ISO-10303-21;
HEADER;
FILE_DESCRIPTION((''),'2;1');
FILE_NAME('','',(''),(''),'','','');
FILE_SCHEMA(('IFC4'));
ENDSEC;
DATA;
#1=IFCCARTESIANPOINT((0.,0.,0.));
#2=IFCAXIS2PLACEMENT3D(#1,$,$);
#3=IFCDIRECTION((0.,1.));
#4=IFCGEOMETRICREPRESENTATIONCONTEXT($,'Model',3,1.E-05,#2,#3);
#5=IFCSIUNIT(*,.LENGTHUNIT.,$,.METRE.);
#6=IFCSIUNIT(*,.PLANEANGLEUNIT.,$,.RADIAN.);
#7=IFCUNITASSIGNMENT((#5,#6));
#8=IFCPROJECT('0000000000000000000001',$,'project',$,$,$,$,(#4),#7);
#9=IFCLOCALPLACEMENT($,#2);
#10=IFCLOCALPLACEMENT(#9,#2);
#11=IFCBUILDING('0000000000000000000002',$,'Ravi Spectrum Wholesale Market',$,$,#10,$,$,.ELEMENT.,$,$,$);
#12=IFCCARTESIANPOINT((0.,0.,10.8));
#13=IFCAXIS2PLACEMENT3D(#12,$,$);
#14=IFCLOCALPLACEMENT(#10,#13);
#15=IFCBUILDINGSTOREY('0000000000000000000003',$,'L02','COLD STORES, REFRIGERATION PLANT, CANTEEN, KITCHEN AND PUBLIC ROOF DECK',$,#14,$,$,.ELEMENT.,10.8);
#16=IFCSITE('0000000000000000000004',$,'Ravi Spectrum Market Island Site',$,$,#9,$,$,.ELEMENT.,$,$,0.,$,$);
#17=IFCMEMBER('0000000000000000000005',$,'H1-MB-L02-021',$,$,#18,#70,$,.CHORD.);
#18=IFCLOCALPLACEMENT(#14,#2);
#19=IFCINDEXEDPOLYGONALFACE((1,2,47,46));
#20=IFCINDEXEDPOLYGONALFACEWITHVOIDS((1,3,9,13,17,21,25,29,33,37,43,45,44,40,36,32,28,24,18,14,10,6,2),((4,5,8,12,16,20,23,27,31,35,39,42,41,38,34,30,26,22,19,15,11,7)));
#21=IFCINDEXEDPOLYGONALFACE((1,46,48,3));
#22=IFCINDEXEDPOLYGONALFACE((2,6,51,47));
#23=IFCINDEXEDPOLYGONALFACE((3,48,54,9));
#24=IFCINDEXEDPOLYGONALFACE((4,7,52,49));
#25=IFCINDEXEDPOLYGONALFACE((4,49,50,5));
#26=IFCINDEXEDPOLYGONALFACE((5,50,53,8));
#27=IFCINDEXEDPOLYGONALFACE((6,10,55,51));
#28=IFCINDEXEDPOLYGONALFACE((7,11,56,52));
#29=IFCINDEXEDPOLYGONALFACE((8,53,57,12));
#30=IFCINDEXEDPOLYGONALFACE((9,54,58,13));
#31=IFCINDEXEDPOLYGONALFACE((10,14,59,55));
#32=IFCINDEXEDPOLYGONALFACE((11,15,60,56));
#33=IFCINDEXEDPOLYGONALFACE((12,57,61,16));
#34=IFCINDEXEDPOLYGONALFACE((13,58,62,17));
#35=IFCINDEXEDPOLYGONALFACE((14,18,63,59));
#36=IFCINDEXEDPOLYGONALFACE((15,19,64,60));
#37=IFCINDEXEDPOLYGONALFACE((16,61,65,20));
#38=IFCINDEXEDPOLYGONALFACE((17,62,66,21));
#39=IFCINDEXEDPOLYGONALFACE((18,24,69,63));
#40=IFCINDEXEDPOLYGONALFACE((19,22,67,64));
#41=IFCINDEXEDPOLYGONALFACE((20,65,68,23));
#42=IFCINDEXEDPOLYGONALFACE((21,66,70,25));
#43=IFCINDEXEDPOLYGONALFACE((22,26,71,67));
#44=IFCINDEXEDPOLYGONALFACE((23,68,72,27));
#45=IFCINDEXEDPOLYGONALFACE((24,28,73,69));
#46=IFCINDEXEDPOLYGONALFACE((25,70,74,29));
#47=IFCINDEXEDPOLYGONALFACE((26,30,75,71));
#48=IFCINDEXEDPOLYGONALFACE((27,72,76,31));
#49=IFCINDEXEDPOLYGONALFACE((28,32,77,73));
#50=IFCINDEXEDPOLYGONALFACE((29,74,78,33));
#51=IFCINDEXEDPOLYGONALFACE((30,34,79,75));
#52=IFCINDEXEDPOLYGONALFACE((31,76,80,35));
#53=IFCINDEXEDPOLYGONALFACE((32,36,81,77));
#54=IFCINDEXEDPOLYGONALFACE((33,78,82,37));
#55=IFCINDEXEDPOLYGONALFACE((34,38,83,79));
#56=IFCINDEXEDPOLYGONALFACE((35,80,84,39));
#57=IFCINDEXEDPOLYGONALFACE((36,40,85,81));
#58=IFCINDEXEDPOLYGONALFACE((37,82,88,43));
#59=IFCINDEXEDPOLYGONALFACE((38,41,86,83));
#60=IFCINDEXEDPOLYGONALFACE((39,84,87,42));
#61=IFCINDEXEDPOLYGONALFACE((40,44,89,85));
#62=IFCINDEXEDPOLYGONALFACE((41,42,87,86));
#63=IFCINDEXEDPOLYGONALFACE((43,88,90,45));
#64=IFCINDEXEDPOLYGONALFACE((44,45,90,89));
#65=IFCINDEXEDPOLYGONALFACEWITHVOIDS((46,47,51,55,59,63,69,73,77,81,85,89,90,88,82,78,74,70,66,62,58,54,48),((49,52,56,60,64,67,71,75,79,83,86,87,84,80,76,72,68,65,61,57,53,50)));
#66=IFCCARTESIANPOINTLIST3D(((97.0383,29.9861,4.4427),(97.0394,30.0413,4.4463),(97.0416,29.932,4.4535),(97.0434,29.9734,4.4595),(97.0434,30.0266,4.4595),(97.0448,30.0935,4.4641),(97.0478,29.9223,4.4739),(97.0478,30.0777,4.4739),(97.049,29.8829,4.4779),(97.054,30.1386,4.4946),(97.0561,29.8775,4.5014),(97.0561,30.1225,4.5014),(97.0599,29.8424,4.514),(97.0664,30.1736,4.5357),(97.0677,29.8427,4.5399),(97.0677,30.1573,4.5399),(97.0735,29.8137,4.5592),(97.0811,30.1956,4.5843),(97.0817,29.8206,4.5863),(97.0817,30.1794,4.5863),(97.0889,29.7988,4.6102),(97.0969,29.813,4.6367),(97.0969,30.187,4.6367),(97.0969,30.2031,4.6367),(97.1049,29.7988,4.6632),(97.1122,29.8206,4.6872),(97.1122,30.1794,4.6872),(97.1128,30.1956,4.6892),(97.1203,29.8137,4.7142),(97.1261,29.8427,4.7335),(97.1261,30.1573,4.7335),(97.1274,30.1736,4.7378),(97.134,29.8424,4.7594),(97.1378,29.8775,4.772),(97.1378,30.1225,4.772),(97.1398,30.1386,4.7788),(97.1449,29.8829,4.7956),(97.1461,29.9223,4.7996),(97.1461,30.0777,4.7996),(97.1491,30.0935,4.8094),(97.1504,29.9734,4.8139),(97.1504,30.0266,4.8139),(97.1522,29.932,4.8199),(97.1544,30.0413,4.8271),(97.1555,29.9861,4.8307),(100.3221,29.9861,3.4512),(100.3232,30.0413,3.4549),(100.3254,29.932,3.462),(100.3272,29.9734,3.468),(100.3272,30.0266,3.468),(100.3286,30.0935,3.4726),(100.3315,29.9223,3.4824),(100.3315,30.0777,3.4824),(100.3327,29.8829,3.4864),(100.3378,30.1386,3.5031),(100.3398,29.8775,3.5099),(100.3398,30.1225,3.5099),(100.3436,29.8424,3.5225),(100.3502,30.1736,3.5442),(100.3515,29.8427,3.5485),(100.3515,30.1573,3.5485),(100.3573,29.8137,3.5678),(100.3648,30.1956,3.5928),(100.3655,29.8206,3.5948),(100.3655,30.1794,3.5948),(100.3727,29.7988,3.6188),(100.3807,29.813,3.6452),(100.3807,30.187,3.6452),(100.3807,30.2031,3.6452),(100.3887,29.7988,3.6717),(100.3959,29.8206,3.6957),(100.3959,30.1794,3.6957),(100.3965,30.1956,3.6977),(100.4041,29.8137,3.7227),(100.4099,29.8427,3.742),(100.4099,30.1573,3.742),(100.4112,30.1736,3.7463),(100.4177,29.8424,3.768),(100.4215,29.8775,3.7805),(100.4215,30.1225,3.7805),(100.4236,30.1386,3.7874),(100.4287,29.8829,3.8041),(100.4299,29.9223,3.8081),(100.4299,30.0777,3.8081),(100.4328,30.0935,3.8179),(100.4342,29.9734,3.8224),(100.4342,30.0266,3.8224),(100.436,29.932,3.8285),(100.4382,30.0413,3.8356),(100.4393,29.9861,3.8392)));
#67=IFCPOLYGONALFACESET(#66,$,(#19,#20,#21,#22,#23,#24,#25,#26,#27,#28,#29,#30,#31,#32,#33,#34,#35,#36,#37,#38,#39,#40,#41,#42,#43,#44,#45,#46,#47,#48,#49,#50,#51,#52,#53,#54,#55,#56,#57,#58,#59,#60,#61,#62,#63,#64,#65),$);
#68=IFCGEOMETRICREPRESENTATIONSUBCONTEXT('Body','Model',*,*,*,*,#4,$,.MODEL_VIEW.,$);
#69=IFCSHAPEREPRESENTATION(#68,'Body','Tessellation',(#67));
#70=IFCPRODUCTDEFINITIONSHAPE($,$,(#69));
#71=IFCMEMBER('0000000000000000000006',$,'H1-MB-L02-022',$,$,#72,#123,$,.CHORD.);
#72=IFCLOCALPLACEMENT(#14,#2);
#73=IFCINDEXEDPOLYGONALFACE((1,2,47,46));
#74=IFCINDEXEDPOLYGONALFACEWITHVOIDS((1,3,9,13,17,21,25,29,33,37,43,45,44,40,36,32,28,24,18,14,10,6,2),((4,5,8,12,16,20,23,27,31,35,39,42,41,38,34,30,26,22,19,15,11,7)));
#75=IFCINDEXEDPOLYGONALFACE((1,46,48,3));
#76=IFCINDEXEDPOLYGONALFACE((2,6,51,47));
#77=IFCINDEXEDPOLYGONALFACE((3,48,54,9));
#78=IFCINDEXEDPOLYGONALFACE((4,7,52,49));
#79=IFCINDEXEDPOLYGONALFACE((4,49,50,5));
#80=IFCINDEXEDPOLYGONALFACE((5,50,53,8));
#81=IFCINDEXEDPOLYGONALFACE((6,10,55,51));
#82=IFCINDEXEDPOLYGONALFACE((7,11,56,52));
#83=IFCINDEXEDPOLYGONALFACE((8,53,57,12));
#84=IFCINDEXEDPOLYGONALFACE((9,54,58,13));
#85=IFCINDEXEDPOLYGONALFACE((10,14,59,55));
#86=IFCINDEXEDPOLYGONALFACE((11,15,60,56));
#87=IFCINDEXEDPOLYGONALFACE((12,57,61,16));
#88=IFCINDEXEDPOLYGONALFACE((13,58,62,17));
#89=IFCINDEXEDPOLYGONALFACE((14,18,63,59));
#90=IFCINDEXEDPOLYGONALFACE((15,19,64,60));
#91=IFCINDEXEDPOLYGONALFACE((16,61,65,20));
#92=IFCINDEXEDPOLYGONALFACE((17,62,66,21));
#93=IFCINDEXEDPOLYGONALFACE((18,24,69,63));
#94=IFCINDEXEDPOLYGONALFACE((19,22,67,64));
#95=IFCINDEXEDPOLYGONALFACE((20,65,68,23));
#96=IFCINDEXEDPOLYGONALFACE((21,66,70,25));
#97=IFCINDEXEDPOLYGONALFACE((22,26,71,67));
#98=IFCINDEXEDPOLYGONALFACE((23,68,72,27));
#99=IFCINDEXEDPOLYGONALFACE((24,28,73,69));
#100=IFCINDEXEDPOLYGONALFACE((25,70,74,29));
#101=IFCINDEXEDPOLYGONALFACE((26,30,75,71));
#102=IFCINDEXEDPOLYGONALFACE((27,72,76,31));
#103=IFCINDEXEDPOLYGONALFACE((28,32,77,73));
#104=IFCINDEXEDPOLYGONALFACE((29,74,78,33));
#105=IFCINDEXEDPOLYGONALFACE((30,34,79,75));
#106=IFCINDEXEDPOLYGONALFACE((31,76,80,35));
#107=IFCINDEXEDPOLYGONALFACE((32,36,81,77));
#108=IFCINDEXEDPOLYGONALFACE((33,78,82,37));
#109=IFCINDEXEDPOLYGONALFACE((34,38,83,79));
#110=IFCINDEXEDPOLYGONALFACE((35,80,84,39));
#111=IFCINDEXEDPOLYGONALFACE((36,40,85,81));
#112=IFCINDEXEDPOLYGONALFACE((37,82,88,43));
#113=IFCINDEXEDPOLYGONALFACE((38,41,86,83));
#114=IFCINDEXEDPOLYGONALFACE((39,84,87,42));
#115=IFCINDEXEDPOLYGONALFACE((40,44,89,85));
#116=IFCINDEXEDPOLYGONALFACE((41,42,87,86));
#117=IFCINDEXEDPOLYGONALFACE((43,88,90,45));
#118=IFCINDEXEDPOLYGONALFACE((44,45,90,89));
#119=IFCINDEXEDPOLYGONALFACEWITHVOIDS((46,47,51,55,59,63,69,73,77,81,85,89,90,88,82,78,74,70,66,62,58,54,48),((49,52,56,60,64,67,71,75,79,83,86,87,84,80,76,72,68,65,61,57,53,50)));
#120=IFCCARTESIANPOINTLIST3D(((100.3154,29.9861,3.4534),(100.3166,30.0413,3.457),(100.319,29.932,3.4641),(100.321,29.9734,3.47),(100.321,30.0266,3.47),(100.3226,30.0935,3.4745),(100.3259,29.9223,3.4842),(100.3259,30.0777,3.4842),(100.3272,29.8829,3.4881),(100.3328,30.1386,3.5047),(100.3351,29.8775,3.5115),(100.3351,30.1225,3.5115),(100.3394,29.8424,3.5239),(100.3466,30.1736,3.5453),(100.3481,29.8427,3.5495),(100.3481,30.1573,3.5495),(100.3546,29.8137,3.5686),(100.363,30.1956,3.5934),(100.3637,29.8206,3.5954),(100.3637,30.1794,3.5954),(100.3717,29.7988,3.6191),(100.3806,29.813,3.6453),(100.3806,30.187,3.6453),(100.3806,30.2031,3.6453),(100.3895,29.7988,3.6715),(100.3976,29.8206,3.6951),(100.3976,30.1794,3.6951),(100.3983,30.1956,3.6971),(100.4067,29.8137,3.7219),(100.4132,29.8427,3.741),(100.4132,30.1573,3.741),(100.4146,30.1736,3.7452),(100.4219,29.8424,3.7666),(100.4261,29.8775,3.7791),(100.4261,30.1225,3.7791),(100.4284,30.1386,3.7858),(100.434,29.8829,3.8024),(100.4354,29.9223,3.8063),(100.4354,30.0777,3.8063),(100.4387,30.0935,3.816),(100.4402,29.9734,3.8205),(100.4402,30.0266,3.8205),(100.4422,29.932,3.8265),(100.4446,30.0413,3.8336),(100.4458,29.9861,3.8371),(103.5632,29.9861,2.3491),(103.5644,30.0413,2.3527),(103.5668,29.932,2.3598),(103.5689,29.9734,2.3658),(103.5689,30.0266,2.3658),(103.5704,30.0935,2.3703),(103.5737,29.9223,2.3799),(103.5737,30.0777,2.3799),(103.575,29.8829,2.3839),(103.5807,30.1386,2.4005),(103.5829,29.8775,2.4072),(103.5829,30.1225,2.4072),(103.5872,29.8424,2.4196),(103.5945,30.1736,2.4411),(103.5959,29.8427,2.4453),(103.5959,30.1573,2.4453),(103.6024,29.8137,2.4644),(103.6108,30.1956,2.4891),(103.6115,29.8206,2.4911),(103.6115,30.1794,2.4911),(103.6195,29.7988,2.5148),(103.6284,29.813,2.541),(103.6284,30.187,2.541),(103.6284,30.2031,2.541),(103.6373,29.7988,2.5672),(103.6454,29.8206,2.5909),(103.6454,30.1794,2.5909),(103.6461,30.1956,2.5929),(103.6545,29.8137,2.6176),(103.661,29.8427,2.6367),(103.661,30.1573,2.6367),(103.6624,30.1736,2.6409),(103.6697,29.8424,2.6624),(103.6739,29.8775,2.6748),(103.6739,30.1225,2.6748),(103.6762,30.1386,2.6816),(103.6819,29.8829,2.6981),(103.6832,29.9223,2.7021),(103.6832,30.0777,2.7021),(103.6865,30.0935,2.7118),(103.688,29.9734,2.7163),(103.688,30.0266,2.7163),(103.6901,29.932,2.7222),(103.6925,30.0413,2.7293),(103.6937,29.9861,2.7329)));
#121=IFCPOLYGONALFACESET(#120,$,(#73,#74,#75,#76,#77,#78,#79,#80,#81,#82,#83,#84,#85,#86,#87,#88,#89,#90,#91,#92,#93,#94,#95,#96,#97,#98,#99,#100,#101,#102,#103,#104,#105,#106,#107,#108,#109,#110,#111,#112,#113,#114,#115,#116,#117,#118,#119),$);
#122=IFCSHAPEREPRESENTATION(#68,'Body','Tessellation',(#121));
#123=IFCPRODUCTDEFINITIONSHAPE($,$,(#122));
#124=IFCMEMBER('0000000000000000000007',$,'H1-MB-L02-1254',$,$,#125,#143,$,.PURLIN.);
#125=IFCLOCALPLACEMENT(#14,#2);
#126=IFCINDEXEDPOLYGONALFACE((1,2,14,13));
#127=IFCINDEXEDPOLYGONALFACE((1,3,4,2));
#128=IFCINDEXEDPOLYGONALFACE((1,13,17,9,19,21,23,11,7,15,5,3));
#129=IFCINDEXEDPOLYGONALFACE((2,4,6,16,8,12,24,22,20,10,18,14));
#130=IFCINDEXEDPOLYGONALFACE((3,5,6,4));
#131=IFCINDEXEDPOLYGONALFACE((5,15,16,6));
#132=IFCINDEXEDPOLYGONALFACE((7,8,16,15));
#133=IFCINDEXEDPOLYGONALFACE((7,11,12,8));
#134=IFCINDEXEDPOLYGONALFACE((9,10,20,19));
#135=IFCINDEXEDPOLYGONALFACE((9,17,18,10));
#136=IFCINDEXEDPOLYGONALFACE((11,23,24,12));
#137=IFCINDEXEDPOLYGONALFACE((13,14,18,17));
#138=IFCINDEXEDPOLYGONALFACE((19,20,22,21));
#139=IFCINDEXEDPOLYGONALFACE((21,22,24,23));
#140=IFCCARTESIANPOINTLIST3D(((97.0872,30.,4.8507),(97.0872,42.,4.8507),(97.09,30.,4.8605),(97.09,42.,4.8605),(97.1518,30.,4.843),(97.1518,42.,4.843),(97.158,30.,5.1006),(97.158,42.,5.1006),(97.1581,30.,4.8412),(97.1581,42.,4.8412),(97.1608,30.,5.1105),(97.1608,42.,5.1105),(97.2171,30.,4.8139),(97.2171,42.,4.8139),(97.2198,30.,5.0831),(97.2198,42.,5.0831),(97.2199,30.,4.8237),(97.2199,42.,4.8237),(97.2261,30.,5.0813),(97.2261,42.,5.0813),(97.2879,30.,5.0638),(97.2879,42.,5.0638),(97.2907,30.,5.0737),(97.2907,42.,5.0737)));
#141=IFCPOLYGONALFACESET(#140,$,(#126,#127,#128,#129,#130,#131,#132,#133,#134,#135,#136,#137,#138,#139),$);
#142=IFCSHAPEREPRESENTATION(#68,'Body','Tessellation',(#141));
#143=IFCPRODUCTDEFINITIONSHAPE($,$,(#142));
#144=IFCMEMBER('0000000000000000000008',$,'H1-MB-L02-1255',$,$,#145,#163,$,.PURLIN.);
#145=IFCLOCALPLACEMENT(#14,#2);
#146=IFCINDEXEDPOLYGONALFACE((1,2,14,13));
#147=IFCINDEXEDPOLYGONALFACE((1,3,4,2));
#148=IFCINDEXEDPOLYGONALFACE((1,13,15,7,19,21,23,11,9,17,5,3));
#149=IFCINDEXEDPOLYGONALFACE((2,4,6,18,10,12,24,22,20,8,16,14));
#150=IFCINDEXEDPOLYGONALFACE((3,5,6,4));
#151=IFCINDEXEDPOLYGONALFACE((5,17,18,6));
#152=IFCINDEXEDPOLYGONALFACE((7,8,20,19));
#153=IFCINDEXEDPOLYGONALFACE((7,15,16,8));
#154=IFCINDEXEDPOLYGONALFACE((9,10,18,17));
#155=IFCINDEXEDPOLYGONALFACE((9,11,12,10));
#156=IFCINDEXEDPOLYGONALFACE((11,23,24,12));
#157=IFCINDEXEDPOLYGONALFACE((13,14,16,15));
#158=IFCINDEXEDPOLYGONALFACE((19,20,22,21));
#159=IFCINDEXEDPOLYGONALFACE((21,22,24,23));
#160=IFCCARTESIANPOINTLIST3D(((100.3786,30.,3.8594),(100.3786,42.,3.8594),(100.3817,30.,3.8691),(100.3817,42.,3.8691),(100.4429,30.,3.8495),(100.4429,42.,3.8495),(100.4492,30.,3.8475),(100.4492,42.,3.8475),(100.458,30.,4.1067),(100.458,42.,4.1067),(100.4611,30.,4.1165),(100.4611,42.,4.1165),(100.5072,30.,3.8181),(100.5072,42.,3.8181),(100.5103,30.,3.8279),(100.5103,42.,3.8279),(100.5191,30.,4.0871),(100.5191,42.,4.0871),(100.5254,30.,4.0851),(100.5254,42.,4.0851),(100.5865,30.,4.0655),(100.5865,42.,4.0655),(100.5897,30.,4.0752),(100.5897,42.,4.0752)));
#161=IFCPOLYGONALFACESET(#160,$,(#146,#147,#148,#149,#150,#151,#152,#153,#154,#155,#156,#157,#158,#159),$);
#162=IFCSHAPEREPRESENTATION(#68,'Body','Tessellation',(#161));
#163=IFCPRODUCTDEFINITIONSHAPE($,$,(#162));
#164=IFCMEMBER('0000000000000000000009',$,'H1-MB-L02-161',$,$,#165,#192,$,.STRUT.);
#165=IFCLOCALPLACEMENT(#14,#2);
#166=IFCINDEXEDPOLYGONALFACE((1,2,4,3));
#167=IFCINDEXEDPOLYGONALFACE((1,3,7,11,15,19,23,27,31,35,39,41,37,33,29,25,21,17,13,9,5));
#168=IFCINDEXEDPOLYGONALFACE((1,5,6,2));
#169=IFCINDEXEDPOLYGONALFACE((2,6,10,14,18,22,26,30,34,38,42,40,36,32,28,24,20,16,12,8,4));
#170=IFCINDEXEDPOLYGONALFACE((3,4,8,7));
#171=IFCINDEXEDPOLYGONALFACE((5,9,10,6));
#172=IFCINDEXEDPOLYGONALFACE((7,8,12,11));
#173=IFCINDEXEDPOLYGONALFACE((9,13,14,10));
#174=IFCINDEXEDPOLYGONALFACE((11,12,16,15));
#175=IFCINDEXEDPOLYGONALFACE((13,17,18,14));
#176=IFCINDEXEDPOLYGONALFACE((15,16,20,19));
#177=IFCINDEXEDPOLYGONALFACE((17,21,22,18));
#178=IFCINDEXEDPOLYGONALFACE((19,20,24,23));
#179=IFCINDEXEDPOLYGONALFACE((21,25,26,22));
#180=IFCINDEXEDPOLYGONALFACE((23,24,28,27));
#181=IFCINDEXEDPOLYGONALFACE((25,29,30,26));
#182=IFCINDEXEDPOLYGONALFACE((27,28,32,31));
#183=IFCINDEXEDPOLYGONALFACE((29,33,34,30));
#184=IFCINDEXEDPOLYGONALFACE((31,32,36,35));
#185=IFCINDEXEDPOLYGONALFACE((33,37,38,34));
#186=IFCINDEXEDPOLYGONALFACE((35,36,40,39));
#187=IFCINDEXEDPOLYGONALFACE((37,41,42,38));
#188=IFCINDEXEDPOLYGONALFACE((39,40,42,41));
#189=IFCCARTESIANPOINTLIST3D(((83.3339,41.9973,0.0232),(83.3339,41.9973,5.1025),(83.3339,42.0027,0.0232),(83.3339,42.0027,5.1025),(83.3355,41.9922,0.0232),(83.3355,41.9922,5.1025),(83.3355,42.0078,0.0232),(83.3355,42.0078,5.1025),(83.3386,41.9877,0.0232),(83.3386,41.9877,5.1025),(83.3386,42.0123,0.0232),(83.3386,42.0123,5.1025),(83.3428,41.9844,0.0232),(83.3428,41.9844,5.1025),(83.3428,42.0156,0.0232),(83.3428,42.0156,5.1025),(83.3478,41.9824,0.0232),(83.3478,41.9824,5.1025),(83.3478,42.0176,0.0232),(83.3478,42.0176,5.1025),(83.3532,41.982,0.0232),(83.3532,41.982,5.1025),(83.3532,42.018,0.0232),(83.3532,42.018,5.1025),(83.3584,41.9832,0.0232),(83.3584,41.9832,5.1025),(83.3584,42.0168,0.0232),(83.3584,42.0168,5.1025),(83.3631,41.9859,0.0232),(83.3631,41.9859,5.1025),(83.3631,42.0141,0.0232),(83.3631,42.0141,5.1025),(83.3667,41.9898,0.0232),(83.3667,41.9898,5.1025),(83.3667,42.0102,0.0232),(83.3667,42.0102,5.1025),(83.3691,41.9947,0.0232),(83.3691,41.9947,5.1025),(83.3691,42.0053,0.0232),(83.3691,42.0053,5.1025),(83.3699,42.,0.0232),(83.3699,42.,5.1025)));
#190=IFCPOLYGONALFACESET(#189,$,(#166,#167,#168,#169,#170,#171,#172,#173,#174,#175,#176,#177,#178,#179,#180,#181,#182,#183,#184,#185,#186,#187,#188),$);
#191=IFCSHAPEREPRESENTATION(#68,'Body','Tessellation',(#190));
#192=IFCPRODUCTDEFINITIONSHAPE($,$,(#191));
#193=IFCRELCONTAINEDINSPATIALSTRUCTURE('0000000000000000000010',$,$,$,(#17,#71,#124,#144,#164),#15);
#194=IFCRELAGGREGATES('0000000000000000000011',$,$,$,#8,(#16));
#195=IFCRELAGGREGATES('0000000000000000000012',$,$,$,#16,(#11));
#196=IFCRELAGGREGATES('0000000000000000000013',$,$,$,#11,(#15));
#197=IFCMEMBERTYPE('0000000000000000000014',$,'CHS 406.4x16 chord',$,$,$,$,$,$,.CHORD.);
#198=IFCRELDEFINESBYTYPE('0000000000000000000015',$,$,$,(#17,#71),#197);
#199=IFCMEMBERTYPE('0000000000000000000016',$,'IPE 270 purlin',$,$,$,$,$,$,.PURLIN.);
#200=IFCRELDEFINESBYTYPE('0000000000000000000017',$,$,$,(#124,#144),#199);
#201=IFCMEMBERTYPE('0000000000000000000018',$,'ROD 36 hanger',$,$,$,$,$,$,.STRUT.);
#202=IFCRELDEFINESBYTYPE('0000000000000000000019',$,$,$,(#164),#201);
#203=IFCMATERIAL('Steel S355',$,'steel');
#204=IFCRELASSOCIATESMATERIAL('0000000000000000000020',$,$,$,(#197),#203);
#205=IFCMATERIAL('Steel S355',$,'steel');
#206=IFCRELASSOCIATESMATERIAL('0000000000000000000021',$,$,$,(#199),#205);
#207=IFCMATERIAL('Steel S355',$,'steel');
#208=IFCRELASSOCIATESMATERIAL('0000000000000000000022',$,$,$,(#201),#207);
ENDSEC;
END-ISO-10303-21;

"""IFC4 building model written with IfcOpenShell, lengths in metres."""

from ifc_helpers import new_model, si_unit, direction, frame, origin, origin_2d, place, context, subcontext, project, spatial, circle, hollow_circle, i_section, extrude, material, material_profile, profile_set, type_object, element, save


model = new_model("IFC4")

# Units and contexts
model_context = context("Model", 3, precision=1e-05, world=origin(), true_north=direction((0.0, 1.0)))
body_context = subcontext(model_context, "Body", "Model", "MODEL_VIEW")
ifc_project = project(units=[si_unit("LENGTHUNIT", "METRE"), si_unit("PLANEANGLEUNIT", "RADIAN")], contexts=[model_context])

# Site, building, storey
site_placement = place(None, origin())
site = spatial("IfcSite", under=ifc_project, at=site_placement, Name="Ravi Spectrum Market Island Site", CompositionType="ELEMENT", RefElevation=0.0)
building_placement = place(site_placement, origin())
building = spatial("IfcBuilding", under=site, at=building_placement, Name="Ravi Spectrum Wholesale Market", CompositionType="ELEMENT")
storey_placement = place(building_placement, frame((0.0, 0.0, 10.8)))
storey = spatial("IfcBuildingStorey", under=building, at=storey_placement, Name="L02", Description="COLD STORES, REFRIGERATION PLANT, CANTEEN, KITCHEN AND PUBLIC ROOF DECK", CompositionType="ELEMENT", Elevation=10.8)

# Members
ifc_material_1 = material(Name="Steel S355", Category="steel")
ifc_material_profile_1 = material_profile(ifc_material_1, hollow_circle(Radius=0.2031, WallThickness=0.0161, at=origin_2d()))
ifc_profile_set_1 = profile_set([ifc_material_profile_1], Name="Steel S355")
member_type_1 = type_object("IfcMemberType", Name="CHS 406.4x16 chord", PredefinedType="CHORD", material=ifc_profile_set_1)
member_1_placement = place(storey_placement, frame((97.0969, 30.0, 4.6367), z_axis=(0.957315, 0.0, -0.289045), x_axis=(0.0, 1.0, 0.0)))
element("IfcMember", 1, at=member_1_placement, inside=storey, type_object=member_type_1, Name="H1-MB-L02-021", PredefinedType="CHORD", context=body_context, shape_type="SweptSolid", body=[
    extrude(hollow_circle(Radius=0.2031, WallThickness=0.0161, at=origin_2d()), origin(), (0.0, 0.0, 1.0), 3.4302),
])
member_2_placement = place(storey_placement, frame((100.3806, 30.0, 3.6453), z_axis=(0.946773, 0.0, -0.321901), x_axis=(0.0, 1.0, 0.0)))
element("IfcMember", 2, at=member_2_placement, inside=storey, type_object=member_type_1, Name="H1-MB-L02-022", PredefinedType="CHORD", context=body_context, shape_type="SweptSolid", body=[
    extrude(hollow_circle(Radius=0.2031, WallThickness=0.0161, at=origin_2d()), origin(), (0.0, 0.0, 1.0), 3.4304),
])
ifc_material_2 = material(Name="Steel S355", Category="steel")
ifc_material_profile_2 = material_profile(ifc_material_2, i_section(OverallWidth=0.135, OverallDepth=0.27, WebThickness=0.0066, FlangeThickness=0.0103, at=origin_2d()))
ifc_profile_set_2 = profile_set([ifc_material_profile_2], Name="Steel S355")
member_type_2 = type_object("IfcMemberType", Name="IPE 270 purlin", PredefinedType="PURLIN", material=ifc_profile_set_2)
for number, where, z_axis, x_axis, name in (
    (3, (97.189, 30.0, 4.9622), (0.0, 1.0, 0.0), (-0.962156, 0.0, 0.272499), "H1-MB-L02-1254"),
    (4, (100.4841, 30.0, 3.9673), (0.0, 1.0, 0.0), (-0.952184, 0.0, 0.305524), "H1-MB-L02-1255"),
):
    element("IfcMember", number, at=place(storey_placement, frame(where, z_axis=z_axis, x_axis=x_axis)), inside=storey, type_object=member_type_2, Name=name, PredefinedType="PURLIN", context=body_context, shape_type="SweptSolid", body=[
        extrude(i_section(OverallWidth=0.135, OverallDepth=0.27, WebThickness=0.0066, FlangeThickness=0.0103, at=origin_2d()), origin(), (0.0, 0.0, 1.0), 12.0),
    ])
ifc_material_3 = material(Name="Steel S355", Category="steel")
ifc_material_profile_3 = material_profile(ifc_material_3, circle(Radius=0.0181, at=origin_2d()))
ifc_profile_set_3 = profile_set([ifc_material_profile_3], Name="Steel S355")
member_type_3 = type_object("IfcMemberType", Name="ROD 36 hanger", PredefinedType="STRUT", material=ifc_profile_set_3)
member_3_placement = place(storey_placement, frame((83.3518, 42.0, 0.0232), z_axis=(0.0, 0.0, 1.0), x_axis=(1.0, 0.0, 0.0)))
element("IfcMember", 5, at=member_3_placement, inside=storey, type_object=member_type_3, Name="H1-MB-L02-161", PredefinedType="STRUT", context=body_context, shape_type="SweptSolid", body=[
    extrude(circle(Radius=0.0181, at=origin_2d()), origin(), (0.0, 0.0, 1.0), 5.0793),
])

save(model, "model.ifc")
